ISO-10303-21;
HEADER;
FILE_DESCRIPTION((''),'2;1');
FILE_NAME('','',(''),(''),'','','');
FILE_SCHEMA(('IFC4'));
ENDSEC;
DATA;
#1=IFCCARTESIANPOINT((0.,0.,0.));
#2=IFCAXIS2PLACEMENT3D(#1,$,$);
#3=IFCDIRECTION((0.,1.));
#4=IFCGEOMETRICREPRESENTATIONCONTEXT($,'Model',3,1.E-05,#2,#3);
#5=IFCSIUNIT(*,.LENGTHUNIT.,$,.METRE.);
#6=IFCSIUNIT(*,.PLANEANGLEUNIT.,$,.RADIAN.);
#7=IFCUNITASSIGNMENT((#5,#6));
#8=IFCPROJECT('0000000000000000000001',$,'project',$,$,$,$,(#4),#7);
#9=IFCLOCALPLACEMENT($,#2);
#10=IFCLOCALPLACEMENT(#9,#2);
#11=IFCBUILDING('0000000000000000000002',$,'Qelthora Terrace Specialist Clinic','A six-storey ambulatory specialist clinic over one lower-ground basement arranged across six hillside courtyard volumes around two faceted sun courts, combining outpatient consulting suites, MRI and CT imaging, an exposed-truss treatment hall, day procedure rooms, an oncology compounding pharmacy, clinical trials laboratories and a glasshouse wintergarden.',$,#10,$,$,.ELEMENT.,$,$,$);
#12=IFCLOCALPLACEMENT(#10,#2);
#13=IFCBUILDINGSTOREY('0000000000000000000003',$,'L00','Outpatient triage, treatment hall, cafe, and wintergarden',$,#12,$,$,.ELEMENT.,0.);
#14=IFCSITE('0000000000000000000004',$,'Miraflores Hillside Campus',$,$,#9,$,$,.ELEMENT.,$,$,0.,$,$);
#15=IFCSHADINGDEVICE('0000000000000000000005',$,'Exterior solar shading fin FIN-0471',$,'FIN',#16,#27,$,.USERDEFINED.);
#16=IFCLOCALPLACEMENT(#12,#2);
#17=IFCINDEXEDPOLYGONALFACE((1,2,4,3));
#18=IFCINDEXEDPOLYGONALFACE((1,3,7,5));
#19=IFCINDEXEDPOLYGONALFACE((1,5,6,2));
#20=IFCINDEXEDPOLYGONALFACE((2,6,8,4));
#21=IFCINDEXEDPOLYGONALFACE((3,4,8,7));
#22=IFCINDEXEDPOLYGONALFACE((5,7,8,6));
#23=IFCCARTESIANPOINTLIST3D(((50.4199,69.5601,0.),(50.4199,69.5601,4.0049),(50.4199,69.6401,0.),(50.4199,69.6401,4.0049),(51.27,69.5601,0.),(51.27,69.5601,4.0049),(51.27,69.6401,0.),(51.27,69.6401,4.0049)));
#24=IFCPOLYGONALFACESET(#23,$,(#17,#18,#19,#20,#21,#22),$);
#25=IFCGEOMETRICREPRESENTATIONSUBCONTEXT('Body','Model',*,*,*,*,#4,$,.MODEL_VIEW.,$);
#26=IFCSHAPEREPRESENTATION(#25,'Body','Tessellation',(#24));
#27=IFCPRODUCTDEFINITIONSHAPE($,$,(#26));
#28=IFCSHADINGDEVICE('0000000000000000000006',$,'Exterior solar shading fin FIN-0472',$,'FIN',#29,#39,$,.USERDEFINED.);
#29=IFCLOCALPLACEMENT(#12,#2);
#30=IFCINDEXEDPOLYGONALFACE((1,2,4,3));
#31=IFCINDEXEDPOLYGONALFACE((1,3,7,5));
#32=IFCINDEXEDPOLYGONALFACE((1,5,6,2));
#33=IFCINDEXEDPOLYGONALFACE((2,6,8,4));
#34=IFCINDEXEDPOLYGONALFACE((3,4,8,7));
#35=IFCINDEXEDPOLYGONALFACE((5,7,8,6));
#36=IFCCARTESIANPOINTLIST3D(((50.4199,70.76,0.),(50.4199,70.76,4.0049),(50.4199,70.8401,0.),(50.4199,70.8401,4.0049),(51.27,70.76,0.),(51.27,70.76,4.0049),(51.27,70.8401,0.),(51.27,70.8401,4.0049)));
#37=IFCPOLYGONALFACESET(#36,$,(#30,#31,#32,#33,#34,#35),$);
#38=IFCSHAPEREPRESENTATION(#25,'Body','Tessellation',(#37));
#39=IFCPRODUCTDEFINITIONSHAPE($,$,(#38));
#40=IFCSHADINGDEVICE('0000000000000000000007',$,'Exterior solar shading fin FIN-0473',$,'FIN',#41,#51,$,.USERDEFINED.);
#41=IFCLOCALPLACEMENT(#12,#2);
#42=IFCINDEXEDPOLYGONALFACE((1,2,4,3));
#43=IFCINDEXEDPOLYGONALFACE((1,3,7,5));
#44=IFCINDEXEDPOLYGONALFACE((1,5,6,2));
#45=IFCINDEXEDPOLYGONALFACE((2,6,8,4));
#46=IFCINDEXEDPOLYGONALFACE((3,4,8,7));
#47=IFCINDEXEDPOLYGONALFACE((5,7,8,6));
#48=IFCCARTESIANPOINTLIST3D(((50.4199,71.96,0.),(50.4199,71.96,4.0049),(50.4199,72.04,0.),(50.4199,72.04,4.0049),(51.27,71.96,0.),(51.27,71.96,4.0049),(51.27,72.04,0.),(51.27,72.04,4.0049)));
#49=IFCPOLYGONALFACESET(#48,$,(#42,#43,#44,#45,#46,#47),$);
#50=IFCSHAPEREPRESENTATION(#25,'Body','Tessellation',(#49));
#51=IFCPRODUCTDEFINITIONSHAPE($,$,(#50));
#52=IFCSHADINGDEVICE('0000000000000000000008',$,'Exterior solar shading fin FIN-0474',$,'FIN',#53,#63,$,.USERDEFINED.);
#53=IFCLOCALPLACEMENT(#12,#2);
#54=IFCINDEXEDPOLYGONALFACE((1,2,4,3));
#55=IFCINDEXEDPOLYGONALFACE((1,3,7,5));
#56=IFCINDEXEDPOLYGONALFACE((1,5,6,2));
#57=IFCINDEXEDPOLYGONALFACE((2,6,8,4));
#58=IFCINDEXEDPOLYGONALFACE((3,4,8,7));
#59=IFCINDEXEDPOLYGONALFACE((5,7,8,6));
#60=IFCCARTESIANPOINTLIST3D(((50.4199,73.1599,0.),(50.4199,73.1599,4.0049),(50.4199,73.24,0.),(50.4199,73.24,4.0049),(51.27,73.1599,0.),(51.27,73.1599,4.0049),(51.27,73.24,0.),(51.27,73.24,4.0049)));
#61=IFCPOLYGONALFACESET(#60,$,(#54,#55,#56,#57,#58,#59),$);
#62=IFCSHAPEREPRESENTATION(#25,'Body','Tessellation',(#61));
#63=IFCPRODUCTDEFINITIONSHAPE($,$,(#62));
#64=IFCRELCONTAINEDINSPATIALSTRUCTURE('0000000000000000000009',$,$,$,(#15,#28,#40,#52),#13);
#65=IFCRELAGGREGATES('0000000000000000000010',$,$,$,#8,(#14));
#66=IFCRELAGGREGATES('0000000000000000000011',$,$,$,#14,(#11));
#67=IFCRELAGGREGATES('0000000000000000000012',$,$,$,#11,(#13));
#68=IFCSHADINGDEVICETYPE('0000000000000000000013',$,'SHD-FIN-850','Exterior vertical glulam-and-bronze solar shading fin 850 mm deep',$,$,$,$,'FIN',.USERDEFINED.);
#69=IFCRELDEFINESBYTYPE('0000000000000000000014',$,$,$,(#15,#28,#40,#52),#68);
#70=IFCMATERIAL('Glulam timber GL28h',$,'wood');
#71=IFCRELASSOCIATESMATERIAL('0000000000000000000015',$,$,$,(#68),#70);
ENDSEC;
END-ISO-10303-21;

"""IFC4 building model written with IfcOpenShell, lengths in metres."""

from ifc_helpers import new_model, si_unit, direction, frame, origin, origin_2d, place, context, subcontext, project, spatial, rectangle, extrude, material, type_object, element, save


model = new_model("IFC4")

# Units and contexts
model_context = context("Model", 3, precision=1e-05, world=origin(), true_north=direction((0.0, 1.0)))
body_context = subcontext(model_context, "Body", "Model", "MODEL_VIEW")
ifc_project = project(units=[si_unit("LENGTHUNIT", "METRE"), si_unit("PLANEANGLEUNIT", "RADIAN")], contexts=[model_context])

# Site, building, storey
site_placement = place(None, origin())
site = spatial("IfcSite", under=ifc_project, at=site_placement, Name="Miraflores Hillside Campus", CompositionType="ELEMENT", RefElevation=0.0)
building_placement = place(site_placement, origin())
building = spatial("IfcBuilding", under=site, at=building_placement, Name="Qelthora Terrace Specialist Clinic", Description="A six-storey ambulatory specialist clinic over one lower-ground basement arranged across six hillside courtyard volumes around two faceted sun courts, combining outpatient consulting suites, MRI and CT imaging, an exposed-truss treatment hall, day procedure rooms, an oncology compounding pharmacy, clinical trials laboratories and a glasshouse wintergarden.", CompositionType="ELEMENT")
storey_placement = place(building_placement, origin())
storey = spatial("IfcBuildingStorey", under=building, at=storey_placement, Name="L00", Description="Outpatient triage, treatment hall, cafe, and wintergarden", CompositionType="ELEMENT", Elevation=0.0)

# Shading devices
ifc_material_1 = material(Name="Glulam timber GL28h", Category="wood")
shading_device_type = type_object("IfcShadingDeviceType", Name="SHD-FIN-850", Description="Exterior vertical glulam-and-bronze solar shading fin 850 mm deep", ElementType="FIN", PredefinedType="USERDEFINED", material=ifc_material_1)
for number, where, z_axis, x_axis, name in (
    (1, (50.845, 69.6001, 0.0), (0.0, 0.0, 1.0), (1.0, 0.0, 0.0), "Exterior solar shading fin FIN-0471"),
    (2, (50.845, 70.8, 0.0), (0.0, 0.0, 1.0), (1.0, 0.0, 0.0), "Exterior solar shading fin FIN-0472"),
    (3, (50.845, 72.0, 0.0), (0.0, 0.0, 1.0), (1.0, 0.0, 0.0), "Exterior solar shading fin FIN-0473"),
    (4, (50.845, 73.2, 0.0), (0.0, 0.0, 1.0), (1.0, 0.0, 0.0), "Exterior solar shading fin FIN-0474"),
):
    element("IfcShadingDevice", number, at=place(storey_placement, frame(where, z_axis=z_axis, x_axis=x_axis)), inside=storey, type_object=shading_device_type, Name=name, ObjectType="FIN", PredefinedType="USERDEFINED", context=body_context, shape_type="SweptSolid", body=[
        extrude(rectangle(XDim=0.8501, YDim=0.0801, at=origin_2d()), origin(), (0.0, 0.0, 1.0), 4.0049),
    ])

save(model, "model.ifc")
